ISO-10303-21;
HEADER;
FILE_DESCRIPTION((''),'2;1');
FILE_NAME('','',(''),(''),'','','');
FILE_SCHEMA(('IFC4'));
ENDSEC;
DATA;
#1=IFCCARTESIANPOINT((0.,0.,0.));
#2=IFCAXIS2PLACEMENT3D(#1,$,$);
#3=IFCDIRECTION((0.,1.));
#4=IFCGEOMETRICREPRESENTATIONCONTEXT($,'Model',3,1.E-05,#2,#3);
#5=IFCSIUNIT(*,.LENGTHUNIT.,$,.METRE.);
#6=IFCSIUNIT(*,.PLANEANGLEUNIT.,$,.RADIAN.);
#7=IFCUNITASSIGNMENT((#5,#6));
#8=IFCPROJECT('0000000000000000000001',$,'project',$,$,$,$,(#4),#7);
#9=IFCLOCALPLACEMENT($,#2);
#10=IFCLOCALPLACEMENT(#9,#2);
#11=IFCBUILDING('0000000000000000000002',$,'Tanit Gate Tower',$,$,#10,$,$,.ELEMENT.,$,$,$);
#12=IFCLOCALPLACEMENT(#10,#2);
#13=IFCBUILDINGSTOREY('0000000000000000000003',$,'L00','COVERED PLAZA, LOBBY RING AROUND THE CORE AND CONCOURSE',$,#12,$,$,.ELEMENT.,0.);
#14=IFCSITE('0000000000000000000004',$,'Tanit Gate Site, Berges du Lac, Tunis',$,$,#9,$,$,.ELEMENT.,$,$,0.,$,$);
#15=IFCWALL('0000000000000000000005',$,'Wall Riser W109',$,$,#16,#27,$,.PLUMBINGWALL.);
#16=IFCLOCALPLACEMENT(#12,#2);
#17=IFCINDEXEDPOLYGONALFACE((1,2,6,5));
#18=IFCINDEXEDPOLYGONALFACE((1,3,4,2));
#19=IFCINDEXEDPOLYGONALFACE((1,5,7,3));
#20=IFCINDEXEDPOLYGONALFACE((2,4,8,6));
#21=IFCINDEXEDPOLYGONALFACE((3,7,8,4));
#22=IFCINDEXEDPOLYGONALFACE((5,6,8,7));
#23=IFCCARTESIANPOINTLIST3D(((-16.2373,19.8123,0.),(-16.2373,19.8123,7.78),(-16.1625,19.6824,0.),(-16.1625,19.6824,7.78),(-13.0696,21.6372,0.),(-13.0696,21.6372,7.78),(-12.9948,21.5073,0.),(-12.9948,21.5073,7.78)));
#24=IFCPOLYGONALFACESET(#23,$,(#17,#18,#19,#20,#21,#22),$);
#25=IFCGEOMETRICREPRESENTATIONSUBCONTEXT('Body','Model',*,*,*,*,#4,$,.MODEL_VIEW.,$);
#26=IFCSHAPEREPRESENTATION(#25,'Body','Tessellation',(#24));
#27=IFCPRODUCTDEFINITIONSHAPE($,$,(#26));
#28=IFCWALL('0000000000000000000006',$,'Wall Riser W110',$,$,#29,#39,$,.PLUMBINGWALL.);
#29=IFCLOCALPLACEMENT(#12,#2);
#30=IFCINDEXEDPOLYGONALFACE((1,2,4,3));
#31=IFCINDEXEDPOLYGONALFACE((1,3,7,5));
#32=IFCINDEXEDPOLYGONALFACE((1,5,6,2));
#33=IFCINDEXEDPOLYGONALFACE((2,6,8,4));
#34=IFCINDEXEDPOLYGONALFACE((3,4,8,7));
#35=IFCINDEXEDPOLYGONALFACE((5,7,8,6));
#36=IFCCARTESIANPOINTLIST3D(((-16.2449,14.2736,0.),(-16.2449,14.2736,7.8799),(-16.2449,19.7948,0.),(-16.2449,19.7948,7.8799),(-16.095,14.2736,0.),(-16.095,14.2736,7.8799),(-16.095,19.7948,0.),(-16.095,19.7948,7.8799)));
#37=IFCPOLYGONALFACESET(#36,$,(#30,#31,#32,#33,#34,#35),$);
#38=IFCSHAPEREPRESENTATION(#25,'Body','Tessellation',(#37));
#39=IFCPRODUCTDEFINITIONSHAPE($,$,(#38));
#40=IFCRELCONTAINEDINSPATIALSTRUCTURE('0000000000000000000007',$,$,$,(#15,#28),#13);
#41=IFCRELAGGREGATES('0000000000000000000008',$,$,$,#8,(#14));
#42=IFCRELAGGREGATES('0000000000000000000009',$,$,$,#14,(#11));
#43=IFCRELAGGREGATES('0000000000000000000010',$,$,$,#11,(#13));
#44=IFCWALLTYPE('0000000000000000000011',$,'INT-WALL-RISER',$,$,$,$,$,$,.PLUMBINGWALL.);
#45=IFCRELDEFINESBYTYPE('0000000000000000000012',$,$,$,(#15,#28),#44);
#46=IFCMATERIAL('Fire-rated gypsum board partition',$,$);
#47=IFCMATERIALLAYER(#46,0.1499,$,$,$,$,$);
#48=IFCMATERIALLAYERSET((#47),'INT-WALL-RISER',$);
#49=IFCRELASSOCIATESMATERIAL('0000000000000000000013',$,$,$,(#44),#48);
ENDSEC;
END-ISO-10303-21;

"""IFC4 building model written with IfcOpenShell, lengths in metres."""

from ifc_helpers import new_model, si_unit, direction, frame, frame_2d, origin, place, context, subcontext, project, spatial, rectangle, extrude, material, layer, layer_set, type_object, element, save


model = new_model("IFC4")

# Units and contexts
model_context = context("Model", 3, precision=1e-05, world=origin(), true_north=direction((0.0, 1.0)))
body_context = subcontext(model_context, "Body", "Model", "MODEL_VIEW")
ifc_project = project(units=[si_unit("LENGTHUNIT", "METRE"), si_unit("PLANEANGLEUNIT", "RADIAN")], contexts=[model_context])

# Site, building, storey
site_placement = place(None, origin())
site = spatial("IfcSite", under=ifc_project, at=site_placement, Name="Tanit Gate Site, Berges du Lac, Tunis", CompositionType="ELEMENT", RefElevation=0.0)
building_placement = place(site_placement, origin())
building = spatial("IfcBuilding", under=site, at=building_placement, Name="Tanit Gate Tower", CompositionType="ELEMENT")
storey_placement = place(building_placement, origin())
storey = spatial("IfcBuildingStorey", under=building, at=storey_placement, Name="L00", Description="COVERED PLAZA, LOBBY RING AROUND THE CORE AND CONCOURSE", CompositionType="ELEMENT", Elevation=0.0)

# Shared definitions
ifc_material_1 = material(Name="Fire-rated gypsum board partition")
ifc_layer_1 = layer(ifc_material_1, 0.1499)
ifc_layer_set_1 = layer_set([ifc_layer_1], Name="INT-WALL-RISER")
wall_type_1 = type_object("IfcWallType", Name="INT-WALL-RISER", PredefinedType="PLUMBINGWALL", material=ifc_layer_set_1)

# Walls
wall_1_placement = place(storey_placement, frame((-13.0322, 21.5723, 0.0), z_axis=(0.0, 0.0, 1.0), x_axis=(-0.866491, -0.499192, 0.0)))
element("IfcWall", 1, at=wall_1_placement, inside=storey, type_object=wall_type_1, Name="Wall Riser W109", PredefinedType="PLUMBINGWALL", context=body_context, shape_type="SweptSolid", body=[
    extrude(rectangle(XDim=3.6558, YDim=0.1499, at=frame_2d((1.8279, 0.0))), origin(), (0.0, 0.0, 1.0), 7.78),
])
wall_2_placement = place(storey_placement, frame((-16.1699, 14.2734, 0.0), z_axis=(0.0, 0.0, 1.0), x_axis=(0.0, 1.0, 0.0)))
element("IfcWall", 2, at=wall_2_placement, inside=storey, type_object=wall_type_1, Name="Wall Riser W110", PredefinedType="PLUMBINGWALL", context=body_context, shape_type="SweptSolid", body=[
    extrude(rectangle(XDim=5.5212, YDim=0.1499, at=frame_2d((2.7607, 0.0))), origin(), (0.0, 0.0, 1.0), 7.8799),
])

save(model, "model.ifc")
